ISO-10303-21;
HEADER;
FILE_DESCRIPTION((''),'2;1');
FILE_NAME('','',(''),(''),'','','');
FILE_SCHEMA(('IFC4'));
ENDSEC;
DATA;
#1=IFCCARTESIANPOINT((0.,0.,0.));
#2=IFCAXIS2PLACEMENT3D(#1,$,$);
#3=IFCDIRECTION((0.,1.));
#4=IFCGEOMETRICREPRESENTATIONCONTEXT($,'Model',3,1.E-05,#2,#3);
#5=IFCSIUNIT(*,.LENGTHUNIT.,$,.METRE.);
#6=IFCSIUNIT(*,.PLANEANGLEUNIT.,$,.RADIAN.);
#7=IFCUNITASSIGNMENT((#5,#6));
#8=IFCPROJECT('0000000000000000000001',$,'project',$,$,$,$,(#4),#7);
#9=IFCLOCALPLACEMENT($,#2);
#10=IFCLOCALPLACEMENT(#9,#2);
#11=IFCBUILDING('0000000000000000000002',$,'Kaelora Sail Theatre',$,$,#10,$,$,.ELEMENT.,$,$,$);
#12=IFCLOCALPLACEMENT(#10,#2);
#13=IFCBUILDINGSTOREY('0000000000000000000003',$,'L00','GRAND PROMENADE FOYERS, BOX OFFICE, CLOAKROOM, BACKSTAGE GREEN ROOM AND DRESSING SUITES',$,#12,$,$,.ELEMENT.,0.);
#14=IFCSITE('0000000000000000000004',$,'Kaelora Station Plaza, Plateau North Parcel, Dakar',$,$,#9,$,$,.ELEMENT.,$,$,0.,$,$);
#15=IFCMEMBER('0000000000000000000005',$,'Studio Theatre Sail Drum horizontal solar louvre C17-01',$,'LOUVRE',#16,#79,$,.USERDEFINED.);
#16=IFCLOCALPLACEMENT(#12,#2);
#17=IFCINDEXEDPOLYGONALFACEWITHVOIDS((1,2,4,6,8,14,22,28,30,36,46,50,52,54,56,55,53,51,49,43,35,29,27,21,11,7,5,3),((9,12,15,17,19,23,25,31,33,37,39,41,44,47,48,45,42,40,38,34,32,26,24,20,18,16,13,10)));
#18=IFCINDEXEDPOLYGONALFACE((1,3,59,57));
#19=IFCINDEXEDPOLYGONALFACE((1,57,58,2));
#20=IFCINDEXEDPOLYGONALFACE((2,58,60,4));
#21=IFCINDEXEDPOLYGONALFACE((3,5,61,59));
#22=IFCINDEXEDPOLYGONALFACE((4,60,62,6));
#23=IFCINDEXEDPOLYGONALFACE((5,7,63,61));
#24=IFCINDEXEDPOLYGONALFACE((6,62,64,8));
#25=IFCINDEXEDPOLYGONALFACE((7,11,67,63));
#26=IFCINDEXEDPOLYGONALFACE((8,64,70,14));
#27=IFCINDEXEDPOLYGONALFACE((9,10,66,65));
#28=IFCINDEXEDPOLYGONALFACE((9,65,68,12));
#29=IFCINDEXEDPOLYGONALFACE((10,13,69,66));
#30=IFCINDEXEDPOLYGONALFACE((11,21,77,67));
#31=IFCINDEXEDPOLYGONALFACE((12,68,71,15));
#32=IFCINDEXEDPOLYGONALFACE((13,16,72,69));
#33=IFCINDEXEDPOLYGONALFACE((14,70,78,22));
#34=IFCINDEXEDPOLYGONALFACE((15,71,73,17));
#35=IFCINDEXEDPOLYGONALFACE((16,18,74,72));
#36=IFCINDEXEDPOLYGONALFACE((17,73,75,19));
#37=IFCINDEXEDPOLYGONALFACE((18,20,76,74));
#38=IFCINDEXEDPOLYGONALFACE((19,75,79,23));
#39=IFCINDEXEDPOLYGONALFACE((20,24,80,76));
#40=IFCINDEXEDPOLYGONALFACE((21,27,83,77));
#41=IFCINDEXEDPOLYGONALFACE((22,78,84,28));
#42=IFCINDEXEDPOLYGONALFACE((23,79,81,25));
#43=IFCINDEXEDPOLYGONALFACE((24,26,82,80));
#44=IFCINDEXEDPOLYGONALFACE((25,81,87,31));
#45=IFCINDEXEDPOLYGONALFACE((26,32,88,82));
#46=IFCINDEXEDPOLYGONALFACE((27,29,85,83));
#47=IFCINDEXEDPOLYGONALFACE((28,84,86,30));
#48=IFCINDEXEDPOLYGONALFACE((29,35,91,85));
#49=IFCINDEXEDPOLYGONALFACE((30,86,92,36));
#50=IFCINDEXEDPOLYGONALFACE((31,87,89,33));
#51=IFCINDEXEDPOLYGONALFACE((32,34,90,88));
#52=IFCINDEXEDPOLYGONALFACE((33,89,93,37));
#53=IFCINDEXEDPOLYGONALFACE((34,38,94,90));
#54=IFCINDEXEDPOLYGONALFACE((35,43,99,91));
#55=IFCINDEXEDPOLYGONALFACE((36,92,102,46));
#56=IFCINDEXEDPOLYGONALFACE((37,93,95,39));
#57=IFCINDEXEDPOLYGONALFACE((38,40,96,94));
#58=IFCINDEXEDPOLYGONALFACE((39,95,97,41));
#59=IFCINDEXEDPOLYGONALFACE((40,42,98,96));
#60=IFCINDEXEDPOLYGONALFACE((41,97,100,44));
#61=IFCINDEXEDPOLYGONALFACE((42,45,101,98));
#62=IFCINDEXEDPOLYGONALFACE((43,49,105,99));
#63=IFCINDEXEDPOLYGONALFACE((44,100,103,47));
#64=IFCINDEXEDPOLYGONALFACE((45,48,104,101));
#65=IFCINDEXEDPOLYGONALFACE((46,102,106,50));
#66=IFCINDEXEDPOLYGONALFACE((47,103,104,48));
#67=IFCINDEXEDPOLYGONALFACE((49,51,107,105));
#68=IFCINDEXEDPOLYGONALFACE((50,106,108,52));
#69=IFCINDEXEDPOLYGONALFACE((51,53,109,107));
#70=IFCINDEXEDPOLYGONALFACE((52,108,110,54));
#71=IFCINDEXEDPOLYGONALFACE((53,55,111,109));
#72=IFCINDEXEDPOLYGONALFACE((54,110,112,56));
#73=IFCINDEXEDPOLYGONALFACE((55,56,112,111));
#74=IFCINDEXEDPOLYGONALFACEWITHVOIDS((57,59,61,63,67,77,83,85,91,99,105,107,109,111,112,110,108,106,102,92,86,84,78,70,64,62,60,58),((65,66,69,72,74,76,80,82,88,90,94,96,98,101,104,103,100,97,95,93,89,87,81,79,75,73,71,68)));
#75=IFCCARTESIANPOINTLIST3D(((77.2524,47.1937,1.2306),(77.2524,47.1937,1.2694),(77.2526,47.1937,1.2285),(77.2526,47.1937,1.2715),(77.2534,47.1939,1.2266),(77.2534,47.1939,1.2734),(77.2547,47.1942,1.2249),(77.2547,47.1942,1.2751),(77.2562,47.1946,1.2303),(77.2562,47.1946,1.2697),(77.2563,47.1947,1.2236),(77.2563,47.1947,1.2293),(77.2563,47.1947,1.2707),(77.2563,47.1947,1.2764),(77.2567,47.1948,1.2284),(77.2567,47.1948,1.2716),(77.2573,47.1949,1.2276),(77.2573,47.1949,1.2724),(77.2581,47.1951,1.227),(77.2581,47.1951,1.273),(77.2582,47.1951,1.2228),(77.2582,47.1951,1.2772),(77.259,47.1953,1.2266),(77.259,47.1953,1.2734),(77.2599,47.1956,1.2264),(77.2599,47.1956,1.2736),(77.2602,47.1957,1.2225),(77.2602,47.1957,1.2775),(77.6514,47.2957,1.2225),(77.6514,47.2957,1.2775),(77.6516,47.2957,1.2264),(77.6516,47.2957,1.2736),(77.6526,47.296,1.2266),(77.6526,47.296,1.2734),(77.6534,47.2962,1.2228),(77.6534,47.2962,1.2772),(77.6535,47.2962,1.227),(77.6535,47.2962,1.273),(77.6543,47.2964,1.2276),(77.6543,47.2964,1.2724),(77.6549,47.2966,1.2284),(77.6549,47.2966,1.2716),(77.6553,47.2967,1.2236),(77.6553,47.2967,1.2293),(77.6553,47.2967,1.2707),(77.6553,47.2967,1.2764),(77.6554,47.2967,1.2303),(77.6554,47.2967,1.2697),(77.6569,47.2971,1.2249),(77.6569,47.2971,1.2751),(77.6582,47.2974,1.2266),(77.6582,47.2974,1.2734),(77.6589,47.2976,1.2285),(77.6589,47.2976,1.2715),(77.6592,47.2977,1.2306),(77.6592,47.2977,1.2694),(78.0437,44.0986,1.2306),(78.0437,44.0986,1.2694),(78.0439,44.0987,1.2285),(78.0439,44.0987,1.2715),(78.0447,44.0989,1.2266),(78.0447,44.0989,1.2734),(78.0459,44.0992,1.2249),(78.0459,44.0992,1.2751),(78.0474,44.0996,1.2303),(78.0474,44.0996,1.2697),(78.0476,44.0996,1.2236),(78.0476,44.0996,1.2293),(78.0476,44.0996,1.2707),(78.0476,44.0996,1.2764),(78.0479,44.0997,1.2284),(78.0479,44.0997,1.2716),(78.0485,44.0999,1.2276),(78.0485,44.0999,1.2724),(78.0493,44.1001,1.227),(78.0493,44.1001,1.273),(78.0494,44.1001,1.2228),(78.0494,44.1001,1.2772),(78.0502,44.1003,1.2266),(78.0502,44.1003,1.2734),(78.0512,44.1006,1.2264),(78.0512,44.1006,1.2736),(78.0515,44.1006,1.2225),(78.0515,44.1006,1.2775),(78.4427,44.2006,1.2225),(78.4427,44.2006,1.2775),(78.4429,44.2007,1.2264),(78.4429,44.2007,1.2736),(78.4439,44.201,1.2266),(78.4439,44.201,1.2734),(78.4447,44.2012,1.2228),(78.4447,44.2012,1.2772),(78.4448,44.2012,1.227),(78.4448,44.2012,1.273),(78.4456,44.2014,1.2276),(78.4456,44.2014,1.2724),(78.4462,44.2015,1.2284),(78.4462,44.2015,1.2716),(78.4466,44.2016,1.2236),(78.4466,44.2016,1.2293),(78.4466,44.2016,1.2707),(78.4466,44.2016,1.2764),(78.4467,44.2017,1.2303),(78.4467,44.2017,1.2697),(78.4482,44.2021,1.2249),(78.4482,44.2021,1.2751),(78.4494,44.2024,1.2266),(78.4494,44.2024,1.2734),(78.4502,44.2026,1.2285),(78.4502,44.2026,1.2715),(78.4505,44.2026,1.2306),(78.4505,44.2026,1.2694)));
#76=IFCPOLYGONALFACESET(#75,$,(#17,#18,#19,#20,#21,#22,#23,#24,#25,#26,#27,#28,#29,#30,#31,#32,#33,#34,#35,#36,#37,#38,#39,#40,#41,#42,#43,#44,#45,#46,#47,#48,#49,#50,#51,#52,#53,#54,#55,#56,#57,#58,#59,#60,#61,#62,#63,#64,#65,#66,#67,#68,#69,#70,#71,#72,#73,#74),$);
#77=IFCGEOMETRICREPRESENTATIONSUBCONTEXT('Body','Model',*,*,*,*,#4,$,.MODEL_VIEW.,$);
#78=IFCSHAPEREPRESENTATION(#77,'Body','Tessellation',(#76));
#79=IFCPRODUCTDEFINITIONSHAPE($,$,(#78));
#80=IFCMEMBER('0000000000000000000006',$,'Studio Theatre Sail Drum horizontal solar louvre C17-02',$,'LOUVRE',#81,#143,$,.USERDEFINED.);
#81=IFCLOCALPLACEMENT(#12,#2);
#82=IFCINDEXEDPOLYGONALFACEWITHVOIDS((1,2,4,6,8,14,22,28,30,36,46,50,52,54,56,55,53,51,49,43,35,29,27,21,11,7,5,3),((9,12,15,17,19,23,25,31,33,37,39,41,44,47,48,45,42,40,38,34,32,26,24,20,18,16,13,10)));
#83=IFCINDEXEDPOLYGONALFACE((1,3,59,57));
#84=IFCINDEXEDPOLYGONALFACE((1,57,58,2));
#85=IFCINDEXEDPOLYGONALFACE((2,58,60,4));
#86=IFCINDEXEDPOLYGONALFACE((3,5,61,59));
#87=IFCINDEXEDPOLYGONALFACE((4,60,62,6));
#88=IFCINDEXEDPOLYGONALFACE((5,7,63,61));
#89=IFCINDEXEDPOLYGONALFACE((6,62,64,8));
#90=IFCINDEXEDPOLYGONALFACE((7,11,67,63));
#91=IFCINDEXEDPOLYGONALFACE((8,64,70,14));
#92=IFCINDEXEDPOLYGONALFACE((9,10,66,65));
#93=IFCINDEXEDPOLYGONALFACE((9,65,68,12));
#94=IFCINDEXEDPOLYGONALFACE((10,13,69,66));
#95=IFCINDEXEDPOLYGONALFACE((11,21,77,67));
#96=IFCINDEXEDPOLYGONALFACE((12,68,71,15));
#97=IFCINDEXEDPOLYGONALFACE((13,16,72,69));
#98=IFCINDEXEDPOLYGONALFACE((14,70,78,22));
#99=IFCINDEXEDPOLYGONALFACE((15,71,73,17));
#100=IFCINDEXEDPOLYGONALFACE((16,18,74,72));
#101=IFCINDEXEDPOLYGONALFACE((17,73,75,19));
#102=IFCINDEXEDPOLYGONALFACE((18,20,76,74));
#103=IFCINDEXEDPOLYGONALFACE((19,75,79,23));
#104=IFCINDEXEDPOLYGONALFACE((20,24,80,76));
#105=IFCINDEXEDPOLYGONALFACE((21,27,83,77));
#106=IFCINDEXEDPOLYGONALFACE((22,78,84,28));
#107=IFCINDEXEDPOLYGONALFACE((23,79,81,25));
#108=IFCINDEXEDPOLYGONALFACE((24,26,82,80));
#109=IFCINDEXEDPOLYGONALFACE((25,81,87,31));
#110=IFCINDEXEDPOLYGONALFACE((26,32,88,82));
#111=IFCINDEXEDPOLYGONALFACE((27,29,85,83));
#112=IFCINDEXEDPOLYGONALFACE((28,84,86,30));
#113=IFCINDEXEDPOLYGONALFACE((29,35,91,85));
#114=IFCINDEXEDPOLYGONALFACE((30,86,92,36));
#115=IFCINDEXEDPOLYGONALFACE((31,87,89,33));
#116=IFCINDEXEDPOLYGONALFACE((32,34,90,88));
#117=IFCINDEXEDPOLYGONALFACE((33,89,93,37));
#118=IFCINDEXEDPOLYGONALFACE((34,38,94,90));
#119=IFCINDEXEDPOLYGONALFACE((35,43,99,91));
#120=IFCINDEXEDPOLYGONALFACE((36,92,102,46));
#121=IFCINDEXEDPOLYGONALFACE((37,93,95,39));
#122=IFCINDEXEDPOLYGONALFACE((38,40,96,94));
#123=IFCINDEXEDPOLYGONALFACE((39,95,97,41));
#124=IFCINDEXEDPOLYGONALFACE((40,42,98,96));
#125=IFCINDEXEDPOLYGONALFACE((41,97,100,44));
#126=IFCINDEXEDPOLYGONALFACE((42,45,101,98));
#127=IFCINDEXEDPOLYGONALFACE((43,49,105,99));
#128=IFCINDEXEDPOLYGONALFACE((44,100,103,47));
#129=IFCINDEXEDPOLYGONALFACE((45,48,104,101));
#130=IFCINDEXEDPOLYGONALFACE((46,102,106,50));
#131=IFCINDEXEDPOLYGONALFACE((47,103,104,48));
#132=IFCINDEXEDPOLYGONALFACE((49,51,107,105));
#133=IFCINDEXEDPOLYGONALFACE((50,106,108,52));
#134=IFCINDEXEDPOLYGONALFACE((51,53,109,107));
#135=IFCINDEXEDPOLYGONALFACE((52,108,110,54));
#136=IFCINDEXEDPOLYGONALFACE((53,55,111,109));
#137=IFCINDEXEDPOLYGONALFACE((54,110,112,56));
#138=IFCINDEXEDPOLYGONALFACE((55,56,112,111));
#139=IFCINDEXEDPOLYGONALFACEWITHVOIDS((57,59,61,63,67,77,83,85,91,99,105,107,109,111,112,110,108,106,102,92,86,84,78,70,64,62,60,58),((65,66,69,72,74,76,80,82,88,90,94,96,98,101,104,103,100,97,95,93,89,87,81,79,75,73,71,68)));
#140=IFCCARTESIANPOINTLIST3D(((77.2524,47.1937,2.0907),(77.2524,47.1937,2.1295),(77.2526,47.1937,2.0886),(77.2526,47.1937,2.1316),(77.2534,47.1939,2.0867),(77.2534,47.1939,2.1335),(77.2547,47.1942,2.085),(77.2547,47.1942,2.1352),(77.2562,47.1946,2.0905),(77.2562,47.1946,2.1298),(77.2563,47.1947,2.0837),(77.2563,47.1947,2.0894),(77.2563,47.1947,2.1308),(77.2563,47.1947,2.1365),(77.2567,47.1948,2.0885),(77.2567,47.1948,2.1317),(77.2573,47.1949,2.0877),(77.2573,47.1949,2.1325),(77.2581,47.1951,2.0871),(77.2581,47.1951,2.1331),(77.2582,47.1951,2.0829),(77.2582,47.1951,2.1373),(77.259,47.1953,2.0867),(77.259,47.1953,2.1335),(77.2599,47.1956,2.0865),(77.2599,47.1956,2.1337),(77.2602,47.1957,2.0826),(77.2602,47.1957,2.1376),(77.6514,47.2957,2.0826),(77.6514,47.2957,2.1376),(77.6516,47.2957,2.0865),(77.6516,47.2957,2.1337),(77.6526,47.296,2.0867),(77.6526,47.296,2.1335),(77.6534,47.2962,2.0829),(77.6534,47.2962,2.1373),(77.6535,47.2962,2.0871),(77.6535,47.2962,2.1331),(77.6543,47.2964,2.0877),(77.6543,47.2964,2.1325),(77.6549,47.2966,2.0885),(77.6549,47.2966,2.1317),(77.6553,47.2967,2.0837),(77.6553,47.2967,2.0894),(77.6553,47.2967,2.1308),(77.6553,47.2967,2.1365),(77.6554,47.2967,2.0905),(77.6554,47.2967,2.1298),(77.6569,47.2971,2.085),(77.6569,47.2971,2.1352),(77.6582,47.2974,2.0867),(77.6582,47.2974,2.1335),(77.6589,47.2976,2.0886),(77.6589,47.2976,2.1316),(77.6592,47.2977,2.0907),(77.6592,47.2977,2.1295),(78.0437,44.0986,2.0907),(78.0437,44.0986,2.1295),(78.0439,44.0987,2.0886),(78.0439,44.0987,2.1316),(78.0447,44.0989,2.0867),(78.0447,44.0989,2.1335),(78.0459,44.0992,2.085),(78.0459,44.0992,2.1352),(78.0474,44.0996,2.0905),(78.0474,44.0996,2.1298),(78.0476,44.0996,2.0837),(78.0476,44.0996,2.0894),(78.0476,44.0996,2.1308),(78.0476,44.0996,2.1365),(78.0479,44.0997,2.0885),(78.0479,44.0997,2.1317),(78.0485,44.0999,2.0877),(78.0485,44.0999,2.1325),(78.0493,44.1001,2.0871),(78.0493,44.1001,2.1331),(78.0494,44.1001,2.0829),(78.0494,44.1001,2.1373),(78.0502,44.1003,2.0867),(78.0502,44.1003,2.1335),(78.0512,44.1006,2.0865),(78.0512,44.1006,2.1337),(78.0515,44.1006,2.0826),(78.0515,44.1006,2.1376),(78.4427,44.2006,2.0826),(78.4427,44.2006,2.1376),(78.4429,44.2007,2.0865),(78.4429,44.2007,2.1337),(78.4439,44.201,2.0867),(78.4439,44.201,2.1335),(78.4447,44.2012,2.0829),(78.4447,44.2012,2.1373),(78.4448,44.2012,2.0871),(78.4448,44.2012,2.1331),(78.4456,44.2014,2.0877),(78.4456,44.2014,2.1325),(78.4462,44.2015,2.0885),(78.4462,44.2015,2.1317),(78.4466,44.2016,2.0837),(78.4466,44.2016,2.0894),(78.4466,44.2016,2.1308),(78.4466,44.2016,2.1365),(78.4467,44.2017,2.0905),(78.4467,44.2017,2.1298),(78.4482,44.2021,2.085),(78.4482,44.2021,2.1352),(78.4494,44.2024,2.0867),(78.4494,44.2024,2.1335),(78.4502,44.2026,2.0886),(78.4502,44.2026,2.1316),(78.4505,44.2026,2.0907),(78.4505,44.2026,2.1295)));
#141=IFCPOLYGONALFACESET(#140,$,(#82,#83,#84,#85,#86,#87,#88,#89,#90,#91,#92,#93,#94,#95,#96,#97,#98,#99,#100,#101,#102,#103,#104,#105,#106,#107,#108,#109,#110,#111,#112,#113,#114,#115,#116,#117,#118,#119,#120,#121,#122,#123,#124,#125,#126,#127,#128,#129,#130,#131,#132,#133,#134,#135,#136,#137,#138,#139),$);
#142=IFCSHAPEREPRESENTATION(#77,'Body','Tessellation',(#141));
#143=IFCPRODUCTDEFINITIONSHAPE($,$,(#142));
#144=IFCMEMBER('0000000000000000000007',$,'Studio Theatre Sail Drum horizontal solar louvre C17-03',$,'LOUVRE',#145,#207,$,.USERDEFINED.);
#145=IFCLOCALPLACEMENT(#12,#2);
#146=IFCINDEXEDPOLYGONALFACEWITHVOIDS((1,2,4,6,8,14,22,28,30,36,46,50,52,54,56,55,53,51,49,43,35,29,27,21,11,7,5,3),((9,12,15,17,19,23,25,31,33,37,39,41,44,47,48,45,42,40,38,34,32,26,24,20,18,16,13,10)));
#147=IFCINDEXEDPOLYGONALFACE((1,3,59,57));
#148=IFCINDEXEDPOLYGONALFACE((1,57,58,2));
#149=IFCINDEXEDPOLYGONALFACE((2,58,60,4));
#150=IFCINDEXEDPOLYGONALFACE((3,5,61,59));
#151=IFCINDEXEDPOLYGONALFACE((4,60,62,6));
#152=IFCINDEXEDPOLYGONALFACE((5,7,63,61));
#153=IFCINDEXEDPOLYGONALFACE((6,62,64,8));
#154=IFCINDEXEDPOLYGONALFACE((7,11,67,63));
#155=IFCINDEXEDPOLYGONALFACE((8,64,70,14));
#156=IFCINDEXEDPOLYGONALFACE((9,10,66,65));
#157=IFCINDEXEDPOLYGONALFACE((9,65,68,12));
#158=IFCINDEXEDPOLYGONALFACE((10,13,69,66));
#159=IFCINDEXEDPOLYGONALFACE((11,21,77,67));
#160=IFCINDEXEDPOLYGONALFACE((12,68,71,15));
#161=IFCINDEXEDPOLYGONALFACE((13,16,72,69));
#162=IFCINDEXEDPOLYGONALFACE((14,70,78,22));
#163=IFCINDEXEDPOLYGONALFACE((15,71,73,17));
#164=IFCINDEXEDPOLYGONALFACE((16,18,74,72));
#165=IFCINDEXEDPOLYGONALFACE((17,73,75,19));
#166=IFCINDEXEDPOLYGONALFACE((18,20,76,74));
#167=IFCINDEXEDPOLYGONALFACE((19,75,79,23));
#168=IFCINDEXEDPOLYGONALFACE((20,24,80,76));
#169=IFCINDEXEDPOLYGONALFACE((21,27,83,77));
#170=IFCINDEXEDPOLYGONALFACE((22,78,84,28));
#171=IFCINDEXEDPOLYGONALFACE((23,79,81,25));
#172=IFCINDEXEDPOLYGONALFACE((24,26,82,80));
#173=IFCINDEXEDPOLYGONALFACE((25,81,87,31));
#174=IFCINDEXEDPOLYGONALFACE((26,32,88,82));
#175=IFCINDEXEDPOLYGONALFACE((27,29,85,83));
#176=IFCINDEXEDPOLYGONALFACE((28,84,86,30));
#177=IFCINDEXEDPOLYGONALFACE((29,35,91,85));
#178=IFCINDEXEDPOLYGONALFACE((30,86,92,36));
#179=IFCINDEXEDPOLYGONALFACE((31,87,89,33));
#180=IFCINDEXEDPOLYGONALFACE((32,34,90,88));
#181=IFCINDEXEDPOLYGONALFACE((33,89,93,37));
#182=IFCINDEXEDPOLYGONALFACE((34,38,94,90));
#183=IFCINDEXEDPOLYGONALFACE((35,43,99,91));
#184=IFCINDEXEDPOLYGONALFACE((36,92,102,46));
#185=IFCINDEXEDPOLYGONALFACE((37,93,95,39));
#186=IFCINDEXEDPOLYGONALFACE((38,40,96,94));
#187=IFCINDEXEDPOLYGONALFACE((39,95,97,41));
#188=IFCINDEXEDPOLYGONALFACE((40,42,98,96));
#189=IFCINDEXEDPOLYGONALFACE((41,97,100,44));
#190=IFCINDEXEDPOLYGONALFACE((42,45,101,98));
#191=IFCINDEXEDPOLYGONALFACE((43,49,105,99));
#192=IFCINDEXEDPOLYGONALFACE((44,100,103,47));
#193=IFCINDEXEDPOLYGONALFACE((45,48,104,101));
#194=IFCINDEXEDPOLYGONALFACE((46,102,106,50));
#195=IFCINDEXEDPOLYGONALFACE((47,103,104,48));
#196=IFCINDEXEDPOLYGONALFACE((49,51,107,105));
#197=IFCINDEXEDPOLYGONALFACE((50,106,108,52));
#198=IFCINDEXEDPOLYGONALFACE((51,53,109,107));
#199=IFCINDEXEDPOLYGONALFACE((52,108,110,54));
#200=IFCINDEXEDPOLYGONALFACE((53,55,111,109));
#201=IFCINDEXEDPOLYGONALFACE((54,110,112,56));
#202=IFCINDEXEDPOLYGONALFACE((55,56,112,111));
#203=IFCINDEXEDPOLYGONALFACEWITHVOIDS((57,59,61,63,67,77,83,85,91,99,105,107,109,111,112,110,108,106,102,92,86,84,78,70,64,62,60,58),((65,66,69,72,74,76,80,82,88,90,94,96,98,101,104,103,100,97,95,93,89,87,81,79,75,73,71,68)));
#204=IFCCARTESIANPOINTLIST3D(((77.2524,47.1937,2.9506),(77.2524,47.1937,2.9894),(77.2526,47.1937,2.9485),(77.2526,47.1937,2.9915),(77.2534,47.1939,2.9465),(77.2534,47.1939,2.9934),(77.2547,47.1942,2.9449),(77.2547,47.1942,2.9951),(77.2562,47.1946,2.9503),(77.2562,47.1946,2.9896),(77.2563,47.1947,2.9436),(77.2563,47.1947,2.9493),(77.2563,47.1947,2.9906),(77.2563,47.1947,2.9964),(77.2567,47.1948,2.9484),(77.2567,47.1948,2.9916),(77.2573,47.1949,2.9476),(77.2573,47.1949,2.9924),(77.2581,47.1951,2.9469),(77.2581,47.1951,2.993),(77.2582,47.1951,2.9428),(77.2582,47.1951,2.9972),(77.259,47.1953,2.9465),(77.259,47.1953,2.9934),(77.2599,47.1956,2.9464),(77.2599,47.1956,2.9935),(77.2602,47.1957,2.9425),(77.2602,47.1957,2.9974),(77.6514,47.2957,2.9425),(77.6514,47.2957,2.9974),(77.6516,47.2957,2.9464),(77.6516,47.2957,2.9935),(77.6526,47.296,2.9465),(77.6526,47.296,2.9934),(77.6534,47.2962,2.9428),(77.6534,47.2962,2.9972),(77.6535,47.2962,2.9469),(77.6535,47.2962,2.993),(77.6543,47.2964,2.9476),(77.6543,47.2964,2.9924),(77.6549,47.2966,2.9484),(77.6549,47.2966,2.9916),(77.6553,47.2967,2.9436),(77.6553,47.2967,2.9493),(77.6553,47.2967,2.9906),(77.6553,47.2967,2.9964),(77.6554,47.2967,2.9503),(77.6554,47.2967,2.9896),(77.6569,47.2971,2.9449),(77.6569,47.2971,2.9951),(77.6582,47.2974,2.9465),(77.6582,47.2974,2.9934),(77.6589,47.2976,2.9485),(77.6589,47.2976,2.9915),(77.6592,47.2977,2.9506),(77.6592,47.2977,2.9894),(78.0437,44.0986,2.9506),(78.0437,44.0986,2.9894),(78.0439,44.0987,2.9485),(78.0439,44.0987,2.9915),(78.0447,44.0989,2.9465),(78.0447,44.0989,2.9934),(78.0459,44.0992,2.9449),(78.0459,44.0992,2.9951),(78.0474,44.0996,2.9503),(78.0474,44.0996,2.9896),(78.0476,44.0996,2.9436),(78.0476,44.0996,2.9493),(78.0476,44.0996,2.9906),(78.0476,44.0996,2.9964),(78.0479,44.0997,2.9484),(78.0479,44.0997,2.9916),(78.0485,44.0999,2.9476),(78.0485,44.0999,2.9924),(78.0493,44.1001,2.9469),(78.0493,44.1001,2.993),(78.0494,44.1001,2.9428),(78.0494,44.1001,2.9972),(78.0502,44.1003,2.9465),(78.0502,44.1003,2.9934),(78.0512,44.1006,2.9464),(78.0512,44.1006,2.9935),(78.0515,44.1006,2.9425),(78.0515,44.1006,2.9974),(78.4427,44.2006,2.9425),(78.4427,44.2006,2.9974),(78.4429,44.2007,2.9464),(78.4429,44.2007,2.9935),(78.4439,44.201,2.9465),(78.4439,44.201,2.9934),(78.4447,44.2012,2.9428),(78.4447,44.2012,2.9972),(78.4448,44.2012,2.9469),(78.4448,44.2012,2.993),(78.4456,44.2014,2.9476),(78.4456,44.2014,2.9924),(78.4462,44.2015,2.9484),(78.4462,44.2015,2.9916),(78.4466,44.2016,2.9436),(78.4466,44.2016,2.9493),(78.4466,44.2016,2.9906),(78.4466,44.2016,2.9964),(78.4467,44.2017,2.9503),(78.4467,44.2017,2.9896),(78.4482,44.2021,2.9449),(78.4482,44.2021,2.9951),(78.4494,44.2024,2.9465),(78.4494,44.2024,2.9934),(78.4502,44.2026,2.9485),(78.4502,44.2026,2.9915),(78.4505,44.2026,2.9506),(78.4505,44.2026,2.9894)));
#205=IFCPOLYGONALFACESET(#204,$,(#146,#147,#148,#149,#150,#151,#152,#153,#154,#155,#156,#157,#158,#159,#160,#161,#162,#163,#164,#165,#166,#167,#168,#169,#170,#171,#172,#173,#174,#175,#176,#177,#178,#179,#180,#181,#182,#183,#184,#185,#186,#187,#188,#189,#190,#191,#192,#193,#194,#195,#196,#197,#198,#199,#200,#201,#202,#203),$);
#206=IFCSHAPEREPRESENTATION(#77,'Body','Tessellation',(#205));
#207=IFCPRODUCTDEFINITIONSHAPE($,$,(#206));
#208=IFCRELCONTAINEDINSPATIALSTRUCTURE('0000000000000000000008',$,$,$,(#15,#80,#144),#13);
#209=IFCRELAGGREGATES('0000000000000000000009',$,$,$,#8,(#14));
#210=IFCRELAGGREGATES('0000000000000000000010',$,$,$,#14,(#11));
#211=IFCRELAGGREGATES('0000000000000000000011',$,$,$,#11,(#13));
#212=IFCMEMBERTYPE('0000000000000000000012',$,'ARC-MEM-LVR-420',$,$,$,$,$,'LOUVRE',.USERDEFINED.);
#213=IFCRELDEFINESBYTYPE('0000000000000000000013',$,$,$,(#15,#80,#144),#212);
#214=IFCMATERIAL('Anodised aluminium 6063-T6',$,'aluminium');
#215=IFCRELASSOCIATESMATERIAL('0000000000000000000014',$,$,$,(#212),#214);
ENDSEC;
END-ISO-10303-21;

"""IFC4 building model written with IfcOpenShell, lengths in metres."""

from ifc_helpers import new_model, si_unit, direction, frame, origin, origin_2d, place, context, subcontext, project, spatial, hollow_rectangle, extrude, material, material_profile, profile_set, type_object, element, save


model = new_model("IFC4")

# Units and contexts
model_context = context("Model", 3, precision=1e-05, world=origin(), true_north=direction((0.0, 1.0)))
body_context = subcontext(model_context, "Body", "Model", "MODEL_VIEW")
ifc_project = project(units=[si_unit("LENGTHUNIT", "METRE"), si_unit("PLANEANGLEUNIT", "RADIAN")], contexts=[model_context])

# Site, building, storey
site_placement = place(None, origin())
site = spatial("IfcSite", under=ifc_project, at=site_placement, Name="Kaelora Station Plaza, Plateau North Parcel, Dakar", CompositionType="ELEMENT", RefElevation=0.0)
building_placement = place(site_placement, origin())
building = spatial("IfcBuilding", under=site, at=building_placement, Name="Kaelora Sail Theatre", CompositionType="ELEMENT")
storey_placement = place(building_placement, origin())
storey = spatial("IfcBuildingStorey", under=building, at=storey_placement, Name="L00", Description="GRAND PROMENADE FOYERS, BOX OFFICE, CLOAKROOM, BACKSTAGE GREEN ROOM AND DRESSING SUITES", CompositionType="ELEMENT", Elevation=0.0)

# Members
ifc_material_1 = material(Name="Anodised aluminium 6063-T6", Category="aluminium")
ifc_material_profile_1 = material_profile(ifc_material_1, hollow_rectangle(XDim=0.4199, YDim=0.0549, WallThickness=0.0039, InnerFilletRadius=0.0039, OuterFilletRadius=0.0081, at=origin_2d()), Name="LOUVRE 420x55x4")
ifc_profile_set_1 = profile_set([ifc_material_profile_1], Name="Anodised aluminium 6063-T6")
member_type_1 = type_object("IfcMemberType", Name="ARC-MEM-LVR-420", ElementType="LOUVRE", PredefinedType="USERDEFINED", material=ifc_profile_set_1)
for number, where, z_axis, x_axis, name in (
    (1, (78.2471, 44.1506, 1.25), (-0.247693, 0.968839, 0.0), (-0.968839, -0.247693, 0.0), "Studio Theatre Sail Drum horizontal solar louvre C17-01"),
    (2, (78.2471, 44.1506, 2.1101), (-0.247693, 0.968839, 0.0), (-0.968839, -0.247693, 0.0), "Studio Theatre Sail Drum horizontal solar louvre C17-02"),
    (3, (78.2471, 44.1506, 2.97), (-0.247693, 0.968839, 0.0), (-0.968839, -0.247693, 0.0), "Studio Theatre Sail Drum horizontal solar louvre C17-03"),
):
    element("IfcMember", number, at=place(storey_placement, frame(where, z_axis=z_axis, x_axis=x_axis)), inside=storey, type_object=member_type_1, Name=name, ObjectType="LOUVRE", PredefinedType="USERDEFINED", context=body_context, shape_type="SweptSolid", body=[
        extrude(hollow_rectangle(XDim=0.4199, YDim=0.0549, WallThickness=0.0039, InnerFilletRadius=0.0039, OuterFilletRadius=0.0081, at=origin_2d()), origin(), (0.0, 0.0, 1.0), 3.1946),
    ])

save(model, "model.ifc")
